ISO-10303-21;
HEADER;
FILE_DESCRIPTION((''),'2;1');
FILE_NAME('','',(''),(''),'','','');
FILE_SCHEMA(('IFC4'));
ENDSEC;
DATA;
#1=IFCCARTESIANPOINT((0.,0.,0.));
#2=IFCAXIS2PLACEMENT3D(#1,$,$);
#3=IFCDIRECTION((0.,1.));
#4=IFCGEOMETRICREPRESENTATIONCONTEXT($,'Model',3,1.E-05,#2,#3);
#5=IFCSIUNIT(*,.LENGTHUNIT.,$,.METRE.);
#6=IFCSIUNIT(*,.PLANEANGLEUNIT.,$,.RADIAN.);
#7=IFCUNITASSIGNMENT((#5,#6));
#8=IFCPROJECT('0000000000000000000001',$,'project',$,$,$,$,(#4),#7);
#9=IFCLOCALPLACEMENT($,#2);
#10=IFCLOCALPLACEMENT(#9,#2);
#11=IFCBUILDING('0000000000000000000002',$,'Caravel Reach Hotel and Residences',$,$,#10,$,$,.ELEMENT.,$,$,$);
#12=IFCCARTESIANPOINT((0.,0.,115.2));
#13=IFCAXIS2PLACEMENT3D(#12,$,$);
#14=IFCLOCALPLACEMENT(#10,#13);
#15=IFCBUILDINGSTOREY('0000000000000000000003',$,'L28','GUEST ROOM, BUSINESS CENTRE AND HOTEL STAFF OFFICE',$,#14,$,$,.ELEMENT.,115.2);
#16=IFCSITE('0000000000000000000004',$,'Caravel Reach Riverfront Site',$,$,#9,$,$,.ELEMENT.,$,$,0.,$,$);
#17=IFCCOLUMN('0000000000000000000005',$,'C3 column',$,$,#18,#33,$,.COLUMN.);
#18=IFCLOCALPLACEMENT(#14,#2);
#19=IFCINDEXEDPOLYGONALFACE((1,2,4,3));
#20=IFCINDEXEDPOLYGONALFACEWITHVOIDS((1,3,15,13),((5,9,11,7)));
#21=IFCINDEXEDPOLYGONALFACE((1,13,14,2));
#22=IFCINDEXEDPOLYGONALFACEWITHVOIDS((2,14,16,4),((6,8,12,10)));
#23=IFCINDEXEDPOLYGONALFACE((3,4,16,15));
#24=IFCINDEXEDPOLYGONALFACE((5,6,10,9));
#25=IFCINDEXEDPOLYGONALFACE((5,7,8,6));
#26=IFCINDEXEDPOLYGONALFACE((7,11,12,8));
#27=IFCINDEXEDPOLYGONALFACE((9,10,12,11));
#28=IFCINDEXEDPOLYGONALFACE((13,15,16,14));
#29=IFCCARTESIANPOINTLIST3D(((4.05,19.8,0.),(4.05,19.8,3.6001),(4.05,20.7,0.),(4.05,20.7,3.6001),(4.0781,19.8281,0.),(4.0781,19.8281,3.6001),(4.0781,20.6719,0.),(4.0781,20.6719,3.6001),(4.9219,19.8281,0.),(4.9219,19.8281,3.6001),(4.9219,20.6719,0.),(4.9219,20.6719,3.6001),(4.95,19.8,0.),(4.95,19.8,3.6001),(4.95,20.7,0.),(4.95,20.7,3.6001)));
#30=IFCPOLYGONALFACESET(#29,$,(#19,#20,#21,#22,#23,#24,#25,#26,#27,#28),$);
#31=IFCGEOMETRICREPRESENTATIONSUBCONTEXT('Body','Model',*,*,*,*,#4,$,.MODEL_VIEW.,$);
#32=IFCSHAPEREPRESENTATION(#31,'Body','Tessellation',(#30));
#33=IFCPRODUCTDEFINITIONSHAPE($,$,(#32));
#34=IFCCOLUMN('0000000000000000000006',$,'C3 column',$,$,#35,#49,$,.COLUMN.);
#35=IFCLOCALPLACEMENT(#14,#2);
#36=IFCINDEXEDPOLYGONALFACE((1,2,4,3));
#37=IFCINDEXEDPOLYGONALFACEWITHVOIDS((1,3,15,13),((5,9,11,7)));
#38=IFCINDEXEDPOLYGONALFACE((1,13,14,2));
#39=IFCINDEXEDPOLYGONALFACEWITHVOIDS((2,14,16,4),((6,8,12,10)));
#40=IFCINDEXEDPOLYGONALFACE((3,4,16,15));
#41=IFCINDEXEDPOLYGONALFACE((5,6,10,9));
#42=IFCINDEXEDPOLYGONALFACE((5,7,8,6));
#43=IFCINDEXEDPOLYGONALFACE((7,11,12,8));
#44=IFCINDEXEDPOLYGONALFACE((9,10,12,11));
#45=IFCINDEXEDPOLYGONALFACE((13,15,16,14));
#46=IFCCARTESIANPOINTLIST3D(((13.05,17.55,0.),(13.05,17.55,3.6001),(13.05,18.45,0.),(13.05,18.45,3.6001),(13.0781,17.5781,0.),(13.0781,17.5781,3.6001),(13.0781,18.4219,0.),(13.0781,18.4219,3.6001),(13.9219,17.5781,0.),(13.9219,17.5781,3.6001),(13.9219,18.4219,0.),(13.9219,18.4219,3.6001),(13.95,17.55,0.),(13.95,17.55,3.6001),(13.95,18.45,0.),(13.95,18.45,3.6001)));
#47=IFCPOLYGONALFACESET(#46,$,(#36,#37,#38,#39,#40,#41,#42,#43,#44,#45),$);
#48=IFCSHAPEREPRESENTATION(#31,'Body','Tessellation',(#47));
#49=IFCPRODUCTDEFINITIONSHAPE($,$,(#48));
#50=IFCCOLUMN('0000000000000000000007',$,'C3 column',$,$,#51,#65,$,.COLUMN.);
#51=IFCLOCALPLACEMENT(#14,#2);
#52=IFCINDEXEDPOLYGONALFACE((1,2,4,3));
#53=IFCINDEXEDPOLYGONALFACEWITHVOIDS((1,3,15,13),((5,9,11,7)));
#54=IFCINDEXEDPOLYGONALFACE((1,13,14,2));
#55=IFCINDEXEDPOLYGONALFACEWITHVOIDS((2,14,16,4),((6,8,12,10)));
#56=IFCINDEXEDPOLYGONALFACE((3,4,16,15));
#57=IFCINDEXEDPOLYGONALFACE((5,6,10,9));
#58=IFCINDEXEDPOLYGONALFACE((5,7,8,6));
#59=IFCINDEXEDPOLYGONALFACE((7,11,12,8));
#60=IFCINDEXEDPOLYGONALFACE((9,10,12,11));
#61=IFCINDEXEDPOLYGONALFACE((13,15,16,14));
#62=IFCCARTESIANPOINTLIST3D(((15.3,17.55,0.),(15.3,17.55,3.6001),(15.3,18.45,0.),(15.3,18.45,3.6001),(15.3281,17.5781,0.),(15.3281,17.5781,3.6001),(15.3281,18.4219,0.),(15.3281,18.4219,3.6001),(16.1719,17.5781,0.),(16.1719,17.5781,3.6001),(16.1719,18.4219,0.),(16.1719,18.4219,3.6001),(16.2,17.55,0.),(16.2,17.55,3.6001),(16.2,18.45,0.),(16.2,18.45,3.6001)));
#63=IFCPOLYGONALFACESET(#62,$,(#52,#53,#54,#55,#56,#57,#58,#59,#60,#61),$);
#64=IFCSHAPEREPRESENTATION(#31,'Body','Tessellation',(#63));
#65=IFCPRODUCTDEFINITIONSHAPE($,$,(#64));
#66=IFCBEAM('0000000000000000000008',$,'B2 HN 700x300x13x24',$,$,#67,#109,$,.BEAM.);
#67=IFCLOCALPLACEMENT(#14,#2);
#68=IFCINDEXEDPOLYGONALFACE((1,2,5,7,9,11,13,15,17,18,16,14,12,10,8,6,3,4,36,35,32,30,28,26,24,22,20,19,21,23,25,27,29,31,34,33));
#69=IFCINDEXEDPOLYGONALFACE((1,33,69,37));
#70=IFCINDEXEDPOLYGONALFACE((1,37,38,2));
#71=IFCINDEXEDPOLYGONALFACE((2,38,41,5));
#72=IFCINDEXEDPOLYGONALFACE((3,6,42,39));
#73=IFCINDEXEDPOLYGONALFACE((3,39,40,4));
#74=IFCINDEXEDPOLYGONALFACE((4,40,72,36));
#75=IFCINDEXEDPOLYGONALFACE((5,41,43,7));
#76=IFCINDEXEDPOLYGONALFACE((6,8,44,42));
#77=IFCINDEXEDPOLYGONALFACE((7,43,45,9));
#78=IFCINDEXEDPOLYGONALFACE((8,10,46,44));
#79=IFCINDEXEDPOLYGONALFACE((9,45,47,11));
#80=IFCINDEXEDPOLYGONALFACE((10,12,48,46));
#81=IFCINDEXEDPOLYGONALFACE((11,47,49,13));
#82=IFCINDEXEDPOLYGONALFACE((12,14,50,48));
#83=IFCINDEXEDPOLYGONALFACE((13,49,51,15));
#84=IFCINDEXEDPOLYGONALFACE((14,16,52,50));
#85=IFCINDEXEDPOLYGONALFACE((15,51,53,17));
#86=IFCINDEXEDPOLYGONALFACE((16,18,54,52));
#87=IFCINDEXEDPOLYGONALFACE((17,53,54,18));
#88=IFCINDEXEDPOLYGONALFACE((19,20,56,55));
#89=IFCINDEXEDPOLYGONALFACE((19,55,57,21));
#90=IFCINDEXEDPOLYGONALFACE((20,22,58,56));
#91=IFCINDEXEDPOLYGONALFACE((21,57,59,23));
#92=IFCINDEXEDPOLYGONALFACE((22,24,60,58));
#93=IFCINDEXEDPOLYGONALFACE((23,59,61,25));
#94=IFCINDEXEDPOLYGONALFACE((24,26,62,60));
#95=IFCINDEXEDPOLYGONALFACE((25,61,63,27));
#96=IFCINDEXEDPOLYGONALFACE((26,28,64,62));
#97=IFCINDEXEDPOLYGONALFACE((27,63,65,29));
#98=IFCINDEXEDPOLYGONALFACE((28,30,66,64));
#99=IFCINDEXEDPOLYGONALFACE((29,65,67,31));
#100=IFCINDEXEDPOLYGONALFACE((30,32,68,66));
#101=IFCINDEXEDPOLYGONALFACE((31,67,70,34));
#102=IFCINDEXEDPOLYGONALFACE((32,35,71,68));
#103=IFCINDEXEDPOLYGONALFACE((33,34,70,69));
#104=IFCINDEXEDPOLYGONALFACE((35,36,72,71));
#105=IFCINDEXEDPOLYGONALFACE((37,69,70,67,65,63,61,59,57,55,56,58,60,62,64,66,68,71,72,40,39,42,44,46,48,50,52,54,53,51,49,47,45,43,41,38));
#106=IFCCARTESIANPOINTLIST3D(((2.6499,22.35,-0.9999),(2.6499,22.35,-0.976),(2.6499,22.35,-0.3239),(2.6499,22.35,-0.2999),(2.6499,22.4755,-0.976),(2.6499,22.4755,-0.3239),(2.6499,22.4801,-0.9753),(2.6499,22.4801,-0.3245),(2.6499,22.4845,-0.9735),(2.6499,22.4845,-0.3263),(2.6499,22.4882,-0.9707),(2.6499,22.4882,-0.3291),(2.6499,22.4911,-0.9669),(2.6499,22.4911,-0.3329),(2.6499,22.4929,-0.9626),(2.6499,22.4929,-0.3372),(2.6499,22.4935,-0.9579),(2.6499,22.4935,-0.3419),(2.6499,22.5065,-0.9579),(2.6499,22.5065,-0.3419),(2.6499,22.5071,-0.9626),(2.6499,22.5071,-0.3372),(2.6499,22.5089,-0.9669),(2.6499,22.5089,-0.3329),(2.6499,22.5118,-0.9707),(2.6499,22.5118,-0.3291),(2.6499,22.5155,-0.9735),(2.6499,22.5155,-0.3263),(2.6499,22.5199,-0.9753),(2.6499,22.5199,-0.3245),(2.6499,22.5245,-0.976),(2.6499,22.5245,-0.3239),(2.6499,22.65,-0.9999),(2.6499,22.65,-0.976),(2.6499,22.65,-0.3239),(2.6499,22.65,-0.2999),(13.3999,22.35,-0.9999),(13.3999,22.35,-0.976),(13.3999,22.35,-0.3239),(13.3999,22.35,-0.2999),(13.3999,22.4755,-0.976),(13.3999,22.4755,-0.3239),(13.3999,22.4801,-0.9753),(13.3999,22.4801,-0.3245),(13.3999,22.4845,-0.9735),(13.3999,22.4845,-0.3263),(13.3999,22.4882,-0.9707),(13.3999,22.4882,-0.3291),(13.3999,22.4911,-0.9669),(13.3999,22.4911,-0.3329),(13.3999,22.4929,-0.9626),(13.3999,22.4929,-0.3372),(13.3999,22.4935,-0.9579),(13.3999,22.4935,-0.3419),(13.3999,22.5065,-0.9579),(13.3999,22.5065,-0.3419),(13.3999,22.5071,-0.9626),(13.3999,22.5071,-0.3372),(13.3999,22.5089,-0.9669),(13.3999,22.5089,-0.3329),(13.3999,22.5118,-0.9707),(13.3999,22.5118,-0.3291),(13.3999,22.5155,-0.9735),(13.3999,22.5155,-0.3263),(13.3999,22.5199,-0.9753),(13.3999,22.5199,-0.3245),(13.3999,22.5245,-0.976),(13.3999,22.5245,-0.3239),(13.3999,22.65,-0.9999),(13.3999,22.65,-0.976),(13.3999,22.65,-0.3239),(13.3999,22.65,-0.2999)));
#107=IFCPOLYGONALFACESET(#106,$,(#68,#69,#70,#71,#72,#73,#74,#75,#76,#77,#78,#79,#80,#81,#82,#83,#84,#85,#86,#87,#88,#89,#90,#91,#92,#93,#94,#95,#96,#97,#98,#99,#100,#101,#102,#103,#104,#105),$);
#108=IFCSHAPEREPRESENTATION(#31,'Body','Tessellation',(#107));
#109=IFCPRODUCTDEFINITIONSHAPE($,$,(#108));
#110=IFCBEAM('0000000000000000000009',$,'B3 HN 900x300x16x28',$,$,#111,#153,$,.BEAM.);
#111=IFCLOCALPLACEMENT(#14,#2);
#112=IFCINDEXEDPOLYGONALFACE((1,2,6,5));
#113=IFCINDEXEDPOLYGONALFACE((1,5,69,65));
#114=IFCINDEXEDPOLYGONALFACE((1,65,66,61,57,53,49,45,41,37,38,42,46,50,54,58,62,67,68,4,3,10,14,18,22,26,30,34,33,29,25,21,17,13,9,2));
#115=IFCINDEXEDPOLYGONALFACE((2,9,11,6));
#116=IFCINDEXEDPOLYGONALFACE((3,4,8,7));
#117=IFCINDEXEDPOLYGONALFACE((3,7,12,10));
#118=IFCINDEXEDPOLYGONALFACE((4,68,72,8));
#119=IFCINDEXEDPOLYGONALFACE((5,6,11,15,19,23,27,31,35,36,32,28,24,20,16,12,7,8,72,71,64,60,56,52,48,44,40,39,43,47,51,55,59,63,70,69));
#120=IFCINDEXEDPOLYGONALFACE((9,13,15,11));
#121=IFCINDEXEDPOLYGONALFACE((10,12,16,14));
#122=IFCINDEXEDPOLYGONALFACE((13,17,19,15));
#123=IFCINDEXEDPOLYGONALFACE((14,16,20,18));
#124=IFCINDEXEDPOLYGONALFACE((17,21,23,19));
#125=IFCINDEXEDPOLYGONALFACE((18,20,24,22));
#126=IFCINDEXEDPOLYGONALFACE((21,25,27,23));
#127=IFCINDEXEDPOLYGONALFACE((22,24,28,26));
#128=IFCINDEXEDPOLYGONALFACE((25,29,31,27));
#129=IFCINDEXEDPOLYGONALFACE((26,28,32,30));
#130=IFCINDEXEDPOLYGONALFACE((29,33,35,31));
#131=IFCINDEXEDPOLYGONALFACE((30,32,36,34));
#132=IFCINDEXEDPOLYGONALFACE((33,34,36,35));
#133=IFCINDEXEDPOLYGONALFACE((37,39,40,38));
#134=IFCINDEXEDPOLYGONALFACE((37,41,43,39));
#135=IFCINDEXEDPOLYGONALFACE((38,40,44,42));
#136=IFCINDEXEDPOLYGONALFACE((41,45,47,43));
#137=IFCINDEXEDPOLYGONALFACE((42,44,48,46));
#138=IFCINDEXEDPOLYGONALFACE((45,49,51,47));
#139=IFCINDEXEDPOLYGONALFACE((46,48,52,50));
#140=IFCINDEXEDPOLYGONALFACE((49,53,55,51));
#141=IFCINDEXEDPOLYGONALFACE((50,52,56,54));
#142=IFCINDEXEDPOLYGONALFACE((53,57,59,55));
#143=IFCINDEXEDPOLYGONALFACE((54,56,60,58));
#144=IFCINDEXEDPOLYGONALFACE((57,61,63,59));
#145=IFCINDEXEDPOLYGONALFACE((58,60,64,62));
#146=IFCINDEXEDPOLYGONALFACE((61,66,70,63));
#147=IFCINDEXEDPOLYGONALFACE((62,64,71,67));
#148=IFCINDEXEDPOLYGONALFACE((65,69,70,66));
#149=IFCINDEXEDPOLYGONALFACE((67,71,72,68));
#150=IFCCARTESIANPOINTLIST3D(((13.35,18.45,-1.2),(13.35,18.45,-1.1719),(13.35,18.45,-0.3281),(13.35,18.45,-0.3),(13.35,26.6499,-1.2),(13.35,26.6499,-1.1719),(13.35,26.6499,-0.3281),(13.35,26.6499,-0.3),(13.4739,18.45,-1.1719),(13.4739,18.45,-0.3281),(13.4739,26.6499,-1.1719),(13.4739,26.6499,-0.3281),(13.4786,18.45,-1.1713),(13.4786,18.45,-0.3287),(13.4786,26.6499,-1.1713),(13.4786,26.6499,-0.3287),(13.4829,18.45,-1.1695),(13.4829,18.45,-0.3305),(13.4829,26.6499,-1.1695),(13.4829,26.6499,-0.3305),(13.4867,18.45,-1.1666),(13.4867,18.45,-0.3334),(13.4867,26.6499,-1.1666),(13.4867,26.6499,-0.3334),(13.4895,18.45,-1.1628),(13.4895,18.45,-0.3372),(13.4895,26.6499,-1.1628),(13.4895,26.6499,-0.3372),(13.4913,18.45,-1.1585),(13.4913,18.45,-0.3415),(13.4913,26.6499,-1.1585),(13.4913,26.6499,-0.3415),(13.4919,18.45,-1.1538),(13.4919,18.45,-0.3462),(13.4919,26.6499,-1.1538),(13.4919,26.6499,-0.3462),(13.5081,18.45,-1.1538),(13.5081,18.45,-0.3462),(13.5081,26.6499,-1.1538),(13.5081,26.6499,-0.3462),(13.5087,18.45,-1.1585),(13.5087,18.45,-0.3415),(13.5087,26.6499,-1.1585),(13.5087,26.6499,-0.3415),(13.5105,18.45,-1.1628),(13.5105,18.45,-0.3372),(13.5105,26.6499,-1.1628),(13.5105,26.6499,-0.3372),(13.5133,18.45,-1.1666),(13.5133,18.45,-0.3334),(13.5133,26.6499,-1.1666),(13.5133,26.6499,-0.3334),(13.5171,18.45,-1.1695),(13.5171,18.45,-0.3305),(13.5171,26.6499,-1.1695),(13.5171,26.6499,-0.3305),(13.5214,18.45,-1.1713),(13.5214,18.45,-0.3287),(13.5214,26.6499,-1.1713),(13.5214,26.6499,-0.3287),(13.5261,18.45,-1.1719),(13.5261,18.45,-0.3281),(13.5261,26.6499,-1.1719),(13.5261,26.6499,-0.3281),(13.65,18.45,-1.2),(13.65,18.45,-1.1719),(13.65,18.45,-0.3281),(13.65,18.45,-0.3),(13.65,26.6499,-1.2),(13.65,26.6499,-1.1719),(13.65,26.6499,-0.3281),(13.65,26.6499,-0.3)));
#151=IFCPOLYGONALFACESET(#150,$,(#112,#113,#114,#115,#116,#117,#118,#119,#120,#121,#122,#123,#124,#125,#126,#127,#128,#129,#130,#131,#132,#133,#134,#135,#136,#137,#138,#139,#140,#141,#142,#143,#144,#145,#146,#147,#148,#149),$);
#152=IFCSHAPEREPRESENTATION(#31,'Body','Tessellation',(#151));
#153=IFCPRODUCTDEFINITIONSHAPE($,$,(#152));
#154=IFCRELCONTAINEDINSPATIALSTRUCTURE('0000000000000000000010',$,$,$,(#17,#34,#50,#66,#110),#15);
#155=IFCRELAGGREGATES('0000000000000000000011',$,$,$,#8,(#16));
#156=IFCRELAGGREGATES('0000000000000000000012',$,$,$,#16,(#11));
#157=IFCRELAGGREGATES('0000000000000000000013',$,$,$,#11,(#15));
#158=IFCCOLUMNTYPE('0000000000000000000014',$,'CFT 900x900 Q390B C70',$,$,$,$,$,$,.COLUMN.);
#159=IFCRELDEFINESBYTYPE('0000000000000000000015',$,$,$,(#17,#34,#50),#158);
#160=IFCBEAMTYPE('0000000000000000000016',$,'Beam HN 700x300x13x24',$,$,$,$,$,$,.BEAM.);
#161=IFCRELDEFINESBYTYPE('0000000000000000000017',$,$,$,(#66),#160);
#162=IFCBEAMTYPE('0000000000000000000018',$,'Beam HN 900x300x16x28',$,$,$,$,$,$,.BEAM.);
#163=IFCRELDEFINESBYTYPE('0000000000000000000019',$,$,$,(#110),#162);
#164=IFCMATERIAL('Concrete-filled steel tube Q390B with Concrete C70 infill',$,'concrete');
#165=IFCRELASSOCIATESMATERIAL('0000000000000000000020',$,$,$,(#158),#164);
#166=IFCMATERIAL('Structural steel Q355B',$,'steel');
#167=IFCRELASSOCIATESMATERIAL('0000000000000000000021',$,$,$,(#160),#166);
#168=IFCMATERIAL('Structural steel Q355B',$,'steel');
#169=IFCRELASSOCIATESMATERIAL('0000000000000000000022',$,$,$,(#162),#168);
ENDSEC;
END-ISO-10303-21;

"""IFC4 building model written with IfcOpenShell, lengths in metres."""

from ifc_helpers import new_model, si_unit, direction, frame, origin, origin_2d, place, context, subcontext, project, spatial, hollow_rectangle, i_section, extrude, material, material_profile, profile_set, type_object, element, save


model = new_model("IFC4")

# Units and contexts
model_context = context("Model", 3, precision=1e-05, world=origin(), true_north=direction((0.0, 1.0)))
body_context = subcontext(model_context, "Body", "Model", "MODEL_VIEW")
ifc_project = project(units=[si_unit("LENGTHUNIT", "METRE"), si_unit("PLANEANGLEUNIT", "RADIAN")], contexts=[model_context])

# Site, building, storey
site_placement = place(None, origin())
site = spatial("IfcSite", under=ifc_project, at=site_placement, Name="Caravel Reach Riverfront Site", CompositionType="ELEMENT", RefElevation=0.0)
building_placement = place(site_placement, origin())
building = spatial("IfcBuilding", under=site, at=building_placement, Name="Caravel Reach Hotel and Residences", CompositionType="ELEMENT")
storey_placement = place(building_placement, frame((0.0, 0.0, 115.2)))
storey = spatial("IfcBuildingStorey", under=building, at=storey_placement, Name="L28", Description="GUEST ROOM, BUSINESS CENTRE AND HOTEL STAFF OFFICE", CompositionType="ELEMENT", Elevation=115.2)

# Columns
ifc_material_1 = material(Name="Concrete-filled steel tube Q390B with Concrete C70 infill", Category="concrete")
ifc_material_profile_1 = material_profile(ifc_material_1, hollow_rectangle(XDim=0.8999, YDim=0.8999, WallThickness=0.0281, at=origin_2d()), Name="RHS 900x900x28")
ifc_profile_set_1 = profile_set([ifc_material_profile_1], Name="Concrete-filled steel tube Q390B with Concrete C70 infill")
column_type = type_object("IfcColumnType", Name="CFT 900x900 Q390B C70", PredefinedType="COLUMN", material=ifc_profile_set_1)
for number, where, z_axis, x_axis, name in (
    (1, (4.5, 20.25, 0.0), (0.0, 0.0, 1.0), (1.0, 0.0, 0.0), "C3 column"),
    (2, (13.5, 18.0, 0.0), (0.0, 0.0, 1.0), (1.0, 0.0, 0.0), "C3 column"),
    (3, (15.75, 18.0, 0.0), (0.0, 0.0, 1.0), (1.0, 0.0, 0.0), "C3 column"),
):
    element("IfcColumn", number, at=place(storey_placement, frame(where, z_axis=z_axis, x_axis=x_axis)), inside=storey, type_object=column_type, Name=name, PredefinedType="COLUMN", context=body_context, shape_type="SweptSolid", body=[
        extrude(hollow_rectangle(XDim=0.8999, YDim=0.8999, WallThickness=0.0281, at=origin_2d()), origin(), (0.0, 0.0, 1.0), 3.6001),
    ])

# Beams
ifc_material_2 = material(Name="Structural steel Q355B", Category="steel")
ifc_material_profile_2 = material_profile(ifc_material_2, i_section(OverallWidth=0.3, OverallDepth=0.7, WebThickness=0.0129, FlangeThickness=0.0239, FilletRadius=0.0181, at=origin_2d()), Name="HN 700x300x13x24")
ifc_profile_set_2 = profile_set([ifc_material_profile_2], Name="Structural steel Q355B")
beam_type_1 = type_object("IfcBeamType", Name="Beam HN 700x300x13x24", PredefinedType="BEAM", material=ifc_profile_set_2)
beam_1_placement = place(storey_placement, frame((13.3999, 22.5, -0.6499), z_axis=(-1.0, 0.0, 0.0), x_axis=(0.0, -1.0, 0.0)))
element("IfcBeam", 4, at=beam_1_placement, inside=storey, type_object=beam_type_1, Name="B2 HN 700x300x13x24", PredefinedType="BEAM", context=body_context, shape_type="SweptSolid", body=[
    extrude(i_section(OverallWidth=0.3, OverallDepth=0.7, WebThickness=0.0129, FlangeThickness=0.0239, FilletRadius=0.0181, at=origin_2d()), origin(), (0.0, 0.0, 1.0), 10.75),
])
ifc_material_3 = material(Name="Structural steel Q355B", Category="steel")
ifc_material_profile_3 = material_profile(ifc_material_3, i_section(OverallWidth=0.3, OverallDepth=0.8999, WebThickness=0.0161, FlangeThickness=0.0281, FilletRadius=0.0181, at=origin_2d()), Name="HN 900x300x16x28")
ifc_profile_set_3 = profile_set([ifc_material_profile_3], Name="Structural steel Q355B")
beam_type_2 = type_object("IfcBeamType", Name="Beam HN 900x300x16x28", PredefinedType="BEAM", material=ifc_profile_set_3)
beam_2_placement = place(storey_placement, frame((13.5, 18.45, -0.75), z_axis=(0.0, 1.0, 0.0), x_axis=(-1.0, 0.0, 0.0)))
element("IfcBeam", 5, at=beam_2_placement, inside=storey, type_object=beam_type_2, Name="B3 HN 900x300x16x28", PredefinedType="BEAM", context=body_context, shape_type="SweptSolid", body=[
    extrude(i_section(OverallWidth=0.3, OverallDepth=0.8999, WebThickness=0.0161, FlangeThickness=0.0281, FilletRadius=0.0181, at=origin_2d()), origin(), (0.0, 0.0, 1.0), 8.2),
])

save(model, "model.ifc")
